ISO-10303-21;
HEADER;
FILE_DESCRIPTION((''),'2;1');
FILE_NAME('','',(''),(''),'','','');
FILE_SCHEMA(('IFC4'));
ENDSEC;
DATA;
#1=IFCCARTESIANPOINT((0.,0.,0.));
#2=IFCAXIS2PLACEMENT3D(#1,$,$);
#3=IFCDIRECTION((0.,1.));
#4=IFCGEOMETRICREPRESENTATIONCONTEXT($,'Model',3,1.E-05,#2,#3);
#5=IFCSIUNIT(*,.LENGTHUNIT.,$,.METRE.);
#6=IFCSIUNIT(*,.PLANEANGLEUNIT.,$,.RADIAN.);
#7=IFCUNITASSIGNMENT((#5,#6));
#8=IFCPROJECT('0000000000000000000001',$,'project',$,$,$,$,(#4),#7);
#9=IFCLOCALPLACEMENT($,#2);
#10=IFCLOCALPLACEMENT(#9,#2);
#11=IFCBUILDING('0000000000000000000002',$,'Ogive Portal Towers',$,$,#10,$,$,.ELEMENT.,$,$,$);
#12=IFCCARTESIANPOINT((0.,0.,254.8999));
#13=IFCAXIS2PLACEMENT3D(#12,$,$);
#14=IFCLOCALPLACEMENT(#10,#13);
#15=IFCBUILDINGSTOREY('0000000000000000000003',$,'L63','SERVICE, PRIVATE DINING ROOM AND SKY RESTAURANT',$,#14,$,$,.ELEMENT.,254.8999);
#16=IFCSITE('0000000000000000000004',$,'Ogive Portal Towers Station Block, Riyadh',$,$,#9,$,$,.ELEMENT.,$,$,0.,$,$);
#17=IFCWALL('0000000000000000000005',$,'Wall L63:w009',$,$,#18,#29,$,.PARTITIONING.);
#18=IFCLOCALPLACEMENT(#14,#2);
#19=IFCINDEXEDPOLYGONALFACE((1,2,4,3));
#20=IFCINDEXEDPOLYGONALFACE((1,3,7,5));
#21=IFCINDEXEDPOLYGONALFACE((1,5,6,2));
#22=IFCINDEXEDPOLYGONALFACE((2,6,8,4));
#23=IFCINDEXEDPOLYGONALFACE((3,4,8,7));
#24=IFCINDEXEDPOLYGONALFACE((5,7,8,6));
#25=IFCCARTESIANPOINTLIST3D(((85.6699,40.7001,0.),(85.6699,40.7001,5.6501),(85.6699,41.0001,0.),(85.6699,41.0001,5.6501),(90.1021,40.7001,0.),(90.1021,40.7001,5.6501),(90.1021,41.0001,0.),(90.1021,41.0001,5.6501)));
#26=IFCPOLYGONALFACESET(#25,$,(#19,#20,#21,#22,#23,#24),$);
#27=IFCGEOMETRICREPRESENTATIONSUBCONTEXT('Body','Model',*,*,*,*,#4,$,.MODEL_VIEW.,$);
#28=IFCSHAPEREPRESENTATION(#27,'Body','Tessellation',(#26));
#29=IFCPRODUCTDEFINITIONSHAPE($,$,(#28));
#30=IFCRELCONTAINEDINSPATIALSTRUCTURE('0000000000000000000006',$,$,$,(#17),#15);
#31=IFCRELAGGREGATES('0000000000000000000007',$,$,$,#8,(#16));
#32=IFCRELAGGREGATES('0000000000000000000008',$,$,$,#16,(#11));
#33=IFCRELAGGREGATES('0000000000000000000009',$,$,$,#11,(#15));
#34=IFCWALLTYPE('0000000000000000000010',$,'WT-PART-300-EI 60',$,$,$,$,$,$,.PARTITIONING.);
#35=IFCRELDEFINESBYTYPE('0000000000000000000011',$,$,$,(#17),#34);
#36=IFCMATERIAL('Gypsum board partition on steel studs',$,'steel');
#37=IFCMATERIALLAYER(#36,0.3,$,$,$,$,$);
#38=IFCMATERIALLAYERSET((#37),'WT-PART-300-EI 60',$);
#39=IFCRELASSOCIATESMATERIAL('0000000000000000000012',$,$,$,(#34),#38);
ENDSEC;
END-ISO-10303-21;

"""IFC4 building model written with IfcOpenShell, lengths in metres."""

from ifc_helpers import new_model, si_unit, direction, frame, frame_2d, origin, place, context, subcontext, project, spatial, rectangle, extrude, material, layer, layer_set, type_object, element, save


model = new_model("IFC4")

# Units and contexts
model_context = context("Model", 3, precision=1e-05, world=origin(), true_north=direction((0.0, 1.0)))
body_context = subcontext(model_context, "Body", "Model", "MODEL_VIEW")
ifc_project = project(units=[si_unit("LENGTHUNIT", "METRE"), si_unit("PLANEANGLEUNIT", "RADIAN")], contexts=[model_context])

# Site, building, storey
site_placement = place(None, origin())
site = spatial("IfcSite", under=ifc_project, at=site_placement, Name="Ogive Portal Towers Station Block, Riyadh", CompositionType="ELEMENT", RefElevation=0.0)
building_placement = place(site_placement, origin())
building = spatial("IfcBuilding", under=site, at=building_placement, Name="Ogive Portal Towers", CompositionType="ELEMENT")
storey_placement = place(building_placement, frame((0.0, 0.0, 254.8999)))
storey = spatial("IfcBuildingStorey", under=building, at=storey_placement, Name="L63", Description="SERVICE, PRIVATE DINING ROOM AND SKY RESTAURANT", CompositionType="ELEMENT", Elevation=254.8999)

# Shared definitions
ifc_material_1 = material(Name="Gypsum board partition on steel studs", Category="steel")

# Wall
ifc_layer_1 = layer(ifc_material_1, 0.3)
ifc_layer_set_1 = layer_set([ifc_layer_1], Name="WT-PART-300-EI 60")
wall_type_1 = type_object("IfcWallType", Name="WT-PART-300-EI 60", PredefinedType="PARTITIONING", material=ifc_layer_set_1)
wall_1_placement = place(storey_placement, frame((85.6699, 40.8501, 0.0), z_axis=(0.0, 0.0, 1.0), x_axis=(1.0, 0.0, 0.0)))
element("IfcWall", 1, at=wall_1_placement, inside=storey, type_object=wall_type_1, Name="Wall L63:w009", PredefinedType="PARTITIONING", context=body_context, shape_type="SweptSolid", body=[
    extrude(rectangle(XDim=4.4321, YDim=0.3, at=frame_2d((2.2161, 0.0))), origin(), (0.0, 0.0, 1.0), 5.6501),
])

save(model, "model.ifc")
